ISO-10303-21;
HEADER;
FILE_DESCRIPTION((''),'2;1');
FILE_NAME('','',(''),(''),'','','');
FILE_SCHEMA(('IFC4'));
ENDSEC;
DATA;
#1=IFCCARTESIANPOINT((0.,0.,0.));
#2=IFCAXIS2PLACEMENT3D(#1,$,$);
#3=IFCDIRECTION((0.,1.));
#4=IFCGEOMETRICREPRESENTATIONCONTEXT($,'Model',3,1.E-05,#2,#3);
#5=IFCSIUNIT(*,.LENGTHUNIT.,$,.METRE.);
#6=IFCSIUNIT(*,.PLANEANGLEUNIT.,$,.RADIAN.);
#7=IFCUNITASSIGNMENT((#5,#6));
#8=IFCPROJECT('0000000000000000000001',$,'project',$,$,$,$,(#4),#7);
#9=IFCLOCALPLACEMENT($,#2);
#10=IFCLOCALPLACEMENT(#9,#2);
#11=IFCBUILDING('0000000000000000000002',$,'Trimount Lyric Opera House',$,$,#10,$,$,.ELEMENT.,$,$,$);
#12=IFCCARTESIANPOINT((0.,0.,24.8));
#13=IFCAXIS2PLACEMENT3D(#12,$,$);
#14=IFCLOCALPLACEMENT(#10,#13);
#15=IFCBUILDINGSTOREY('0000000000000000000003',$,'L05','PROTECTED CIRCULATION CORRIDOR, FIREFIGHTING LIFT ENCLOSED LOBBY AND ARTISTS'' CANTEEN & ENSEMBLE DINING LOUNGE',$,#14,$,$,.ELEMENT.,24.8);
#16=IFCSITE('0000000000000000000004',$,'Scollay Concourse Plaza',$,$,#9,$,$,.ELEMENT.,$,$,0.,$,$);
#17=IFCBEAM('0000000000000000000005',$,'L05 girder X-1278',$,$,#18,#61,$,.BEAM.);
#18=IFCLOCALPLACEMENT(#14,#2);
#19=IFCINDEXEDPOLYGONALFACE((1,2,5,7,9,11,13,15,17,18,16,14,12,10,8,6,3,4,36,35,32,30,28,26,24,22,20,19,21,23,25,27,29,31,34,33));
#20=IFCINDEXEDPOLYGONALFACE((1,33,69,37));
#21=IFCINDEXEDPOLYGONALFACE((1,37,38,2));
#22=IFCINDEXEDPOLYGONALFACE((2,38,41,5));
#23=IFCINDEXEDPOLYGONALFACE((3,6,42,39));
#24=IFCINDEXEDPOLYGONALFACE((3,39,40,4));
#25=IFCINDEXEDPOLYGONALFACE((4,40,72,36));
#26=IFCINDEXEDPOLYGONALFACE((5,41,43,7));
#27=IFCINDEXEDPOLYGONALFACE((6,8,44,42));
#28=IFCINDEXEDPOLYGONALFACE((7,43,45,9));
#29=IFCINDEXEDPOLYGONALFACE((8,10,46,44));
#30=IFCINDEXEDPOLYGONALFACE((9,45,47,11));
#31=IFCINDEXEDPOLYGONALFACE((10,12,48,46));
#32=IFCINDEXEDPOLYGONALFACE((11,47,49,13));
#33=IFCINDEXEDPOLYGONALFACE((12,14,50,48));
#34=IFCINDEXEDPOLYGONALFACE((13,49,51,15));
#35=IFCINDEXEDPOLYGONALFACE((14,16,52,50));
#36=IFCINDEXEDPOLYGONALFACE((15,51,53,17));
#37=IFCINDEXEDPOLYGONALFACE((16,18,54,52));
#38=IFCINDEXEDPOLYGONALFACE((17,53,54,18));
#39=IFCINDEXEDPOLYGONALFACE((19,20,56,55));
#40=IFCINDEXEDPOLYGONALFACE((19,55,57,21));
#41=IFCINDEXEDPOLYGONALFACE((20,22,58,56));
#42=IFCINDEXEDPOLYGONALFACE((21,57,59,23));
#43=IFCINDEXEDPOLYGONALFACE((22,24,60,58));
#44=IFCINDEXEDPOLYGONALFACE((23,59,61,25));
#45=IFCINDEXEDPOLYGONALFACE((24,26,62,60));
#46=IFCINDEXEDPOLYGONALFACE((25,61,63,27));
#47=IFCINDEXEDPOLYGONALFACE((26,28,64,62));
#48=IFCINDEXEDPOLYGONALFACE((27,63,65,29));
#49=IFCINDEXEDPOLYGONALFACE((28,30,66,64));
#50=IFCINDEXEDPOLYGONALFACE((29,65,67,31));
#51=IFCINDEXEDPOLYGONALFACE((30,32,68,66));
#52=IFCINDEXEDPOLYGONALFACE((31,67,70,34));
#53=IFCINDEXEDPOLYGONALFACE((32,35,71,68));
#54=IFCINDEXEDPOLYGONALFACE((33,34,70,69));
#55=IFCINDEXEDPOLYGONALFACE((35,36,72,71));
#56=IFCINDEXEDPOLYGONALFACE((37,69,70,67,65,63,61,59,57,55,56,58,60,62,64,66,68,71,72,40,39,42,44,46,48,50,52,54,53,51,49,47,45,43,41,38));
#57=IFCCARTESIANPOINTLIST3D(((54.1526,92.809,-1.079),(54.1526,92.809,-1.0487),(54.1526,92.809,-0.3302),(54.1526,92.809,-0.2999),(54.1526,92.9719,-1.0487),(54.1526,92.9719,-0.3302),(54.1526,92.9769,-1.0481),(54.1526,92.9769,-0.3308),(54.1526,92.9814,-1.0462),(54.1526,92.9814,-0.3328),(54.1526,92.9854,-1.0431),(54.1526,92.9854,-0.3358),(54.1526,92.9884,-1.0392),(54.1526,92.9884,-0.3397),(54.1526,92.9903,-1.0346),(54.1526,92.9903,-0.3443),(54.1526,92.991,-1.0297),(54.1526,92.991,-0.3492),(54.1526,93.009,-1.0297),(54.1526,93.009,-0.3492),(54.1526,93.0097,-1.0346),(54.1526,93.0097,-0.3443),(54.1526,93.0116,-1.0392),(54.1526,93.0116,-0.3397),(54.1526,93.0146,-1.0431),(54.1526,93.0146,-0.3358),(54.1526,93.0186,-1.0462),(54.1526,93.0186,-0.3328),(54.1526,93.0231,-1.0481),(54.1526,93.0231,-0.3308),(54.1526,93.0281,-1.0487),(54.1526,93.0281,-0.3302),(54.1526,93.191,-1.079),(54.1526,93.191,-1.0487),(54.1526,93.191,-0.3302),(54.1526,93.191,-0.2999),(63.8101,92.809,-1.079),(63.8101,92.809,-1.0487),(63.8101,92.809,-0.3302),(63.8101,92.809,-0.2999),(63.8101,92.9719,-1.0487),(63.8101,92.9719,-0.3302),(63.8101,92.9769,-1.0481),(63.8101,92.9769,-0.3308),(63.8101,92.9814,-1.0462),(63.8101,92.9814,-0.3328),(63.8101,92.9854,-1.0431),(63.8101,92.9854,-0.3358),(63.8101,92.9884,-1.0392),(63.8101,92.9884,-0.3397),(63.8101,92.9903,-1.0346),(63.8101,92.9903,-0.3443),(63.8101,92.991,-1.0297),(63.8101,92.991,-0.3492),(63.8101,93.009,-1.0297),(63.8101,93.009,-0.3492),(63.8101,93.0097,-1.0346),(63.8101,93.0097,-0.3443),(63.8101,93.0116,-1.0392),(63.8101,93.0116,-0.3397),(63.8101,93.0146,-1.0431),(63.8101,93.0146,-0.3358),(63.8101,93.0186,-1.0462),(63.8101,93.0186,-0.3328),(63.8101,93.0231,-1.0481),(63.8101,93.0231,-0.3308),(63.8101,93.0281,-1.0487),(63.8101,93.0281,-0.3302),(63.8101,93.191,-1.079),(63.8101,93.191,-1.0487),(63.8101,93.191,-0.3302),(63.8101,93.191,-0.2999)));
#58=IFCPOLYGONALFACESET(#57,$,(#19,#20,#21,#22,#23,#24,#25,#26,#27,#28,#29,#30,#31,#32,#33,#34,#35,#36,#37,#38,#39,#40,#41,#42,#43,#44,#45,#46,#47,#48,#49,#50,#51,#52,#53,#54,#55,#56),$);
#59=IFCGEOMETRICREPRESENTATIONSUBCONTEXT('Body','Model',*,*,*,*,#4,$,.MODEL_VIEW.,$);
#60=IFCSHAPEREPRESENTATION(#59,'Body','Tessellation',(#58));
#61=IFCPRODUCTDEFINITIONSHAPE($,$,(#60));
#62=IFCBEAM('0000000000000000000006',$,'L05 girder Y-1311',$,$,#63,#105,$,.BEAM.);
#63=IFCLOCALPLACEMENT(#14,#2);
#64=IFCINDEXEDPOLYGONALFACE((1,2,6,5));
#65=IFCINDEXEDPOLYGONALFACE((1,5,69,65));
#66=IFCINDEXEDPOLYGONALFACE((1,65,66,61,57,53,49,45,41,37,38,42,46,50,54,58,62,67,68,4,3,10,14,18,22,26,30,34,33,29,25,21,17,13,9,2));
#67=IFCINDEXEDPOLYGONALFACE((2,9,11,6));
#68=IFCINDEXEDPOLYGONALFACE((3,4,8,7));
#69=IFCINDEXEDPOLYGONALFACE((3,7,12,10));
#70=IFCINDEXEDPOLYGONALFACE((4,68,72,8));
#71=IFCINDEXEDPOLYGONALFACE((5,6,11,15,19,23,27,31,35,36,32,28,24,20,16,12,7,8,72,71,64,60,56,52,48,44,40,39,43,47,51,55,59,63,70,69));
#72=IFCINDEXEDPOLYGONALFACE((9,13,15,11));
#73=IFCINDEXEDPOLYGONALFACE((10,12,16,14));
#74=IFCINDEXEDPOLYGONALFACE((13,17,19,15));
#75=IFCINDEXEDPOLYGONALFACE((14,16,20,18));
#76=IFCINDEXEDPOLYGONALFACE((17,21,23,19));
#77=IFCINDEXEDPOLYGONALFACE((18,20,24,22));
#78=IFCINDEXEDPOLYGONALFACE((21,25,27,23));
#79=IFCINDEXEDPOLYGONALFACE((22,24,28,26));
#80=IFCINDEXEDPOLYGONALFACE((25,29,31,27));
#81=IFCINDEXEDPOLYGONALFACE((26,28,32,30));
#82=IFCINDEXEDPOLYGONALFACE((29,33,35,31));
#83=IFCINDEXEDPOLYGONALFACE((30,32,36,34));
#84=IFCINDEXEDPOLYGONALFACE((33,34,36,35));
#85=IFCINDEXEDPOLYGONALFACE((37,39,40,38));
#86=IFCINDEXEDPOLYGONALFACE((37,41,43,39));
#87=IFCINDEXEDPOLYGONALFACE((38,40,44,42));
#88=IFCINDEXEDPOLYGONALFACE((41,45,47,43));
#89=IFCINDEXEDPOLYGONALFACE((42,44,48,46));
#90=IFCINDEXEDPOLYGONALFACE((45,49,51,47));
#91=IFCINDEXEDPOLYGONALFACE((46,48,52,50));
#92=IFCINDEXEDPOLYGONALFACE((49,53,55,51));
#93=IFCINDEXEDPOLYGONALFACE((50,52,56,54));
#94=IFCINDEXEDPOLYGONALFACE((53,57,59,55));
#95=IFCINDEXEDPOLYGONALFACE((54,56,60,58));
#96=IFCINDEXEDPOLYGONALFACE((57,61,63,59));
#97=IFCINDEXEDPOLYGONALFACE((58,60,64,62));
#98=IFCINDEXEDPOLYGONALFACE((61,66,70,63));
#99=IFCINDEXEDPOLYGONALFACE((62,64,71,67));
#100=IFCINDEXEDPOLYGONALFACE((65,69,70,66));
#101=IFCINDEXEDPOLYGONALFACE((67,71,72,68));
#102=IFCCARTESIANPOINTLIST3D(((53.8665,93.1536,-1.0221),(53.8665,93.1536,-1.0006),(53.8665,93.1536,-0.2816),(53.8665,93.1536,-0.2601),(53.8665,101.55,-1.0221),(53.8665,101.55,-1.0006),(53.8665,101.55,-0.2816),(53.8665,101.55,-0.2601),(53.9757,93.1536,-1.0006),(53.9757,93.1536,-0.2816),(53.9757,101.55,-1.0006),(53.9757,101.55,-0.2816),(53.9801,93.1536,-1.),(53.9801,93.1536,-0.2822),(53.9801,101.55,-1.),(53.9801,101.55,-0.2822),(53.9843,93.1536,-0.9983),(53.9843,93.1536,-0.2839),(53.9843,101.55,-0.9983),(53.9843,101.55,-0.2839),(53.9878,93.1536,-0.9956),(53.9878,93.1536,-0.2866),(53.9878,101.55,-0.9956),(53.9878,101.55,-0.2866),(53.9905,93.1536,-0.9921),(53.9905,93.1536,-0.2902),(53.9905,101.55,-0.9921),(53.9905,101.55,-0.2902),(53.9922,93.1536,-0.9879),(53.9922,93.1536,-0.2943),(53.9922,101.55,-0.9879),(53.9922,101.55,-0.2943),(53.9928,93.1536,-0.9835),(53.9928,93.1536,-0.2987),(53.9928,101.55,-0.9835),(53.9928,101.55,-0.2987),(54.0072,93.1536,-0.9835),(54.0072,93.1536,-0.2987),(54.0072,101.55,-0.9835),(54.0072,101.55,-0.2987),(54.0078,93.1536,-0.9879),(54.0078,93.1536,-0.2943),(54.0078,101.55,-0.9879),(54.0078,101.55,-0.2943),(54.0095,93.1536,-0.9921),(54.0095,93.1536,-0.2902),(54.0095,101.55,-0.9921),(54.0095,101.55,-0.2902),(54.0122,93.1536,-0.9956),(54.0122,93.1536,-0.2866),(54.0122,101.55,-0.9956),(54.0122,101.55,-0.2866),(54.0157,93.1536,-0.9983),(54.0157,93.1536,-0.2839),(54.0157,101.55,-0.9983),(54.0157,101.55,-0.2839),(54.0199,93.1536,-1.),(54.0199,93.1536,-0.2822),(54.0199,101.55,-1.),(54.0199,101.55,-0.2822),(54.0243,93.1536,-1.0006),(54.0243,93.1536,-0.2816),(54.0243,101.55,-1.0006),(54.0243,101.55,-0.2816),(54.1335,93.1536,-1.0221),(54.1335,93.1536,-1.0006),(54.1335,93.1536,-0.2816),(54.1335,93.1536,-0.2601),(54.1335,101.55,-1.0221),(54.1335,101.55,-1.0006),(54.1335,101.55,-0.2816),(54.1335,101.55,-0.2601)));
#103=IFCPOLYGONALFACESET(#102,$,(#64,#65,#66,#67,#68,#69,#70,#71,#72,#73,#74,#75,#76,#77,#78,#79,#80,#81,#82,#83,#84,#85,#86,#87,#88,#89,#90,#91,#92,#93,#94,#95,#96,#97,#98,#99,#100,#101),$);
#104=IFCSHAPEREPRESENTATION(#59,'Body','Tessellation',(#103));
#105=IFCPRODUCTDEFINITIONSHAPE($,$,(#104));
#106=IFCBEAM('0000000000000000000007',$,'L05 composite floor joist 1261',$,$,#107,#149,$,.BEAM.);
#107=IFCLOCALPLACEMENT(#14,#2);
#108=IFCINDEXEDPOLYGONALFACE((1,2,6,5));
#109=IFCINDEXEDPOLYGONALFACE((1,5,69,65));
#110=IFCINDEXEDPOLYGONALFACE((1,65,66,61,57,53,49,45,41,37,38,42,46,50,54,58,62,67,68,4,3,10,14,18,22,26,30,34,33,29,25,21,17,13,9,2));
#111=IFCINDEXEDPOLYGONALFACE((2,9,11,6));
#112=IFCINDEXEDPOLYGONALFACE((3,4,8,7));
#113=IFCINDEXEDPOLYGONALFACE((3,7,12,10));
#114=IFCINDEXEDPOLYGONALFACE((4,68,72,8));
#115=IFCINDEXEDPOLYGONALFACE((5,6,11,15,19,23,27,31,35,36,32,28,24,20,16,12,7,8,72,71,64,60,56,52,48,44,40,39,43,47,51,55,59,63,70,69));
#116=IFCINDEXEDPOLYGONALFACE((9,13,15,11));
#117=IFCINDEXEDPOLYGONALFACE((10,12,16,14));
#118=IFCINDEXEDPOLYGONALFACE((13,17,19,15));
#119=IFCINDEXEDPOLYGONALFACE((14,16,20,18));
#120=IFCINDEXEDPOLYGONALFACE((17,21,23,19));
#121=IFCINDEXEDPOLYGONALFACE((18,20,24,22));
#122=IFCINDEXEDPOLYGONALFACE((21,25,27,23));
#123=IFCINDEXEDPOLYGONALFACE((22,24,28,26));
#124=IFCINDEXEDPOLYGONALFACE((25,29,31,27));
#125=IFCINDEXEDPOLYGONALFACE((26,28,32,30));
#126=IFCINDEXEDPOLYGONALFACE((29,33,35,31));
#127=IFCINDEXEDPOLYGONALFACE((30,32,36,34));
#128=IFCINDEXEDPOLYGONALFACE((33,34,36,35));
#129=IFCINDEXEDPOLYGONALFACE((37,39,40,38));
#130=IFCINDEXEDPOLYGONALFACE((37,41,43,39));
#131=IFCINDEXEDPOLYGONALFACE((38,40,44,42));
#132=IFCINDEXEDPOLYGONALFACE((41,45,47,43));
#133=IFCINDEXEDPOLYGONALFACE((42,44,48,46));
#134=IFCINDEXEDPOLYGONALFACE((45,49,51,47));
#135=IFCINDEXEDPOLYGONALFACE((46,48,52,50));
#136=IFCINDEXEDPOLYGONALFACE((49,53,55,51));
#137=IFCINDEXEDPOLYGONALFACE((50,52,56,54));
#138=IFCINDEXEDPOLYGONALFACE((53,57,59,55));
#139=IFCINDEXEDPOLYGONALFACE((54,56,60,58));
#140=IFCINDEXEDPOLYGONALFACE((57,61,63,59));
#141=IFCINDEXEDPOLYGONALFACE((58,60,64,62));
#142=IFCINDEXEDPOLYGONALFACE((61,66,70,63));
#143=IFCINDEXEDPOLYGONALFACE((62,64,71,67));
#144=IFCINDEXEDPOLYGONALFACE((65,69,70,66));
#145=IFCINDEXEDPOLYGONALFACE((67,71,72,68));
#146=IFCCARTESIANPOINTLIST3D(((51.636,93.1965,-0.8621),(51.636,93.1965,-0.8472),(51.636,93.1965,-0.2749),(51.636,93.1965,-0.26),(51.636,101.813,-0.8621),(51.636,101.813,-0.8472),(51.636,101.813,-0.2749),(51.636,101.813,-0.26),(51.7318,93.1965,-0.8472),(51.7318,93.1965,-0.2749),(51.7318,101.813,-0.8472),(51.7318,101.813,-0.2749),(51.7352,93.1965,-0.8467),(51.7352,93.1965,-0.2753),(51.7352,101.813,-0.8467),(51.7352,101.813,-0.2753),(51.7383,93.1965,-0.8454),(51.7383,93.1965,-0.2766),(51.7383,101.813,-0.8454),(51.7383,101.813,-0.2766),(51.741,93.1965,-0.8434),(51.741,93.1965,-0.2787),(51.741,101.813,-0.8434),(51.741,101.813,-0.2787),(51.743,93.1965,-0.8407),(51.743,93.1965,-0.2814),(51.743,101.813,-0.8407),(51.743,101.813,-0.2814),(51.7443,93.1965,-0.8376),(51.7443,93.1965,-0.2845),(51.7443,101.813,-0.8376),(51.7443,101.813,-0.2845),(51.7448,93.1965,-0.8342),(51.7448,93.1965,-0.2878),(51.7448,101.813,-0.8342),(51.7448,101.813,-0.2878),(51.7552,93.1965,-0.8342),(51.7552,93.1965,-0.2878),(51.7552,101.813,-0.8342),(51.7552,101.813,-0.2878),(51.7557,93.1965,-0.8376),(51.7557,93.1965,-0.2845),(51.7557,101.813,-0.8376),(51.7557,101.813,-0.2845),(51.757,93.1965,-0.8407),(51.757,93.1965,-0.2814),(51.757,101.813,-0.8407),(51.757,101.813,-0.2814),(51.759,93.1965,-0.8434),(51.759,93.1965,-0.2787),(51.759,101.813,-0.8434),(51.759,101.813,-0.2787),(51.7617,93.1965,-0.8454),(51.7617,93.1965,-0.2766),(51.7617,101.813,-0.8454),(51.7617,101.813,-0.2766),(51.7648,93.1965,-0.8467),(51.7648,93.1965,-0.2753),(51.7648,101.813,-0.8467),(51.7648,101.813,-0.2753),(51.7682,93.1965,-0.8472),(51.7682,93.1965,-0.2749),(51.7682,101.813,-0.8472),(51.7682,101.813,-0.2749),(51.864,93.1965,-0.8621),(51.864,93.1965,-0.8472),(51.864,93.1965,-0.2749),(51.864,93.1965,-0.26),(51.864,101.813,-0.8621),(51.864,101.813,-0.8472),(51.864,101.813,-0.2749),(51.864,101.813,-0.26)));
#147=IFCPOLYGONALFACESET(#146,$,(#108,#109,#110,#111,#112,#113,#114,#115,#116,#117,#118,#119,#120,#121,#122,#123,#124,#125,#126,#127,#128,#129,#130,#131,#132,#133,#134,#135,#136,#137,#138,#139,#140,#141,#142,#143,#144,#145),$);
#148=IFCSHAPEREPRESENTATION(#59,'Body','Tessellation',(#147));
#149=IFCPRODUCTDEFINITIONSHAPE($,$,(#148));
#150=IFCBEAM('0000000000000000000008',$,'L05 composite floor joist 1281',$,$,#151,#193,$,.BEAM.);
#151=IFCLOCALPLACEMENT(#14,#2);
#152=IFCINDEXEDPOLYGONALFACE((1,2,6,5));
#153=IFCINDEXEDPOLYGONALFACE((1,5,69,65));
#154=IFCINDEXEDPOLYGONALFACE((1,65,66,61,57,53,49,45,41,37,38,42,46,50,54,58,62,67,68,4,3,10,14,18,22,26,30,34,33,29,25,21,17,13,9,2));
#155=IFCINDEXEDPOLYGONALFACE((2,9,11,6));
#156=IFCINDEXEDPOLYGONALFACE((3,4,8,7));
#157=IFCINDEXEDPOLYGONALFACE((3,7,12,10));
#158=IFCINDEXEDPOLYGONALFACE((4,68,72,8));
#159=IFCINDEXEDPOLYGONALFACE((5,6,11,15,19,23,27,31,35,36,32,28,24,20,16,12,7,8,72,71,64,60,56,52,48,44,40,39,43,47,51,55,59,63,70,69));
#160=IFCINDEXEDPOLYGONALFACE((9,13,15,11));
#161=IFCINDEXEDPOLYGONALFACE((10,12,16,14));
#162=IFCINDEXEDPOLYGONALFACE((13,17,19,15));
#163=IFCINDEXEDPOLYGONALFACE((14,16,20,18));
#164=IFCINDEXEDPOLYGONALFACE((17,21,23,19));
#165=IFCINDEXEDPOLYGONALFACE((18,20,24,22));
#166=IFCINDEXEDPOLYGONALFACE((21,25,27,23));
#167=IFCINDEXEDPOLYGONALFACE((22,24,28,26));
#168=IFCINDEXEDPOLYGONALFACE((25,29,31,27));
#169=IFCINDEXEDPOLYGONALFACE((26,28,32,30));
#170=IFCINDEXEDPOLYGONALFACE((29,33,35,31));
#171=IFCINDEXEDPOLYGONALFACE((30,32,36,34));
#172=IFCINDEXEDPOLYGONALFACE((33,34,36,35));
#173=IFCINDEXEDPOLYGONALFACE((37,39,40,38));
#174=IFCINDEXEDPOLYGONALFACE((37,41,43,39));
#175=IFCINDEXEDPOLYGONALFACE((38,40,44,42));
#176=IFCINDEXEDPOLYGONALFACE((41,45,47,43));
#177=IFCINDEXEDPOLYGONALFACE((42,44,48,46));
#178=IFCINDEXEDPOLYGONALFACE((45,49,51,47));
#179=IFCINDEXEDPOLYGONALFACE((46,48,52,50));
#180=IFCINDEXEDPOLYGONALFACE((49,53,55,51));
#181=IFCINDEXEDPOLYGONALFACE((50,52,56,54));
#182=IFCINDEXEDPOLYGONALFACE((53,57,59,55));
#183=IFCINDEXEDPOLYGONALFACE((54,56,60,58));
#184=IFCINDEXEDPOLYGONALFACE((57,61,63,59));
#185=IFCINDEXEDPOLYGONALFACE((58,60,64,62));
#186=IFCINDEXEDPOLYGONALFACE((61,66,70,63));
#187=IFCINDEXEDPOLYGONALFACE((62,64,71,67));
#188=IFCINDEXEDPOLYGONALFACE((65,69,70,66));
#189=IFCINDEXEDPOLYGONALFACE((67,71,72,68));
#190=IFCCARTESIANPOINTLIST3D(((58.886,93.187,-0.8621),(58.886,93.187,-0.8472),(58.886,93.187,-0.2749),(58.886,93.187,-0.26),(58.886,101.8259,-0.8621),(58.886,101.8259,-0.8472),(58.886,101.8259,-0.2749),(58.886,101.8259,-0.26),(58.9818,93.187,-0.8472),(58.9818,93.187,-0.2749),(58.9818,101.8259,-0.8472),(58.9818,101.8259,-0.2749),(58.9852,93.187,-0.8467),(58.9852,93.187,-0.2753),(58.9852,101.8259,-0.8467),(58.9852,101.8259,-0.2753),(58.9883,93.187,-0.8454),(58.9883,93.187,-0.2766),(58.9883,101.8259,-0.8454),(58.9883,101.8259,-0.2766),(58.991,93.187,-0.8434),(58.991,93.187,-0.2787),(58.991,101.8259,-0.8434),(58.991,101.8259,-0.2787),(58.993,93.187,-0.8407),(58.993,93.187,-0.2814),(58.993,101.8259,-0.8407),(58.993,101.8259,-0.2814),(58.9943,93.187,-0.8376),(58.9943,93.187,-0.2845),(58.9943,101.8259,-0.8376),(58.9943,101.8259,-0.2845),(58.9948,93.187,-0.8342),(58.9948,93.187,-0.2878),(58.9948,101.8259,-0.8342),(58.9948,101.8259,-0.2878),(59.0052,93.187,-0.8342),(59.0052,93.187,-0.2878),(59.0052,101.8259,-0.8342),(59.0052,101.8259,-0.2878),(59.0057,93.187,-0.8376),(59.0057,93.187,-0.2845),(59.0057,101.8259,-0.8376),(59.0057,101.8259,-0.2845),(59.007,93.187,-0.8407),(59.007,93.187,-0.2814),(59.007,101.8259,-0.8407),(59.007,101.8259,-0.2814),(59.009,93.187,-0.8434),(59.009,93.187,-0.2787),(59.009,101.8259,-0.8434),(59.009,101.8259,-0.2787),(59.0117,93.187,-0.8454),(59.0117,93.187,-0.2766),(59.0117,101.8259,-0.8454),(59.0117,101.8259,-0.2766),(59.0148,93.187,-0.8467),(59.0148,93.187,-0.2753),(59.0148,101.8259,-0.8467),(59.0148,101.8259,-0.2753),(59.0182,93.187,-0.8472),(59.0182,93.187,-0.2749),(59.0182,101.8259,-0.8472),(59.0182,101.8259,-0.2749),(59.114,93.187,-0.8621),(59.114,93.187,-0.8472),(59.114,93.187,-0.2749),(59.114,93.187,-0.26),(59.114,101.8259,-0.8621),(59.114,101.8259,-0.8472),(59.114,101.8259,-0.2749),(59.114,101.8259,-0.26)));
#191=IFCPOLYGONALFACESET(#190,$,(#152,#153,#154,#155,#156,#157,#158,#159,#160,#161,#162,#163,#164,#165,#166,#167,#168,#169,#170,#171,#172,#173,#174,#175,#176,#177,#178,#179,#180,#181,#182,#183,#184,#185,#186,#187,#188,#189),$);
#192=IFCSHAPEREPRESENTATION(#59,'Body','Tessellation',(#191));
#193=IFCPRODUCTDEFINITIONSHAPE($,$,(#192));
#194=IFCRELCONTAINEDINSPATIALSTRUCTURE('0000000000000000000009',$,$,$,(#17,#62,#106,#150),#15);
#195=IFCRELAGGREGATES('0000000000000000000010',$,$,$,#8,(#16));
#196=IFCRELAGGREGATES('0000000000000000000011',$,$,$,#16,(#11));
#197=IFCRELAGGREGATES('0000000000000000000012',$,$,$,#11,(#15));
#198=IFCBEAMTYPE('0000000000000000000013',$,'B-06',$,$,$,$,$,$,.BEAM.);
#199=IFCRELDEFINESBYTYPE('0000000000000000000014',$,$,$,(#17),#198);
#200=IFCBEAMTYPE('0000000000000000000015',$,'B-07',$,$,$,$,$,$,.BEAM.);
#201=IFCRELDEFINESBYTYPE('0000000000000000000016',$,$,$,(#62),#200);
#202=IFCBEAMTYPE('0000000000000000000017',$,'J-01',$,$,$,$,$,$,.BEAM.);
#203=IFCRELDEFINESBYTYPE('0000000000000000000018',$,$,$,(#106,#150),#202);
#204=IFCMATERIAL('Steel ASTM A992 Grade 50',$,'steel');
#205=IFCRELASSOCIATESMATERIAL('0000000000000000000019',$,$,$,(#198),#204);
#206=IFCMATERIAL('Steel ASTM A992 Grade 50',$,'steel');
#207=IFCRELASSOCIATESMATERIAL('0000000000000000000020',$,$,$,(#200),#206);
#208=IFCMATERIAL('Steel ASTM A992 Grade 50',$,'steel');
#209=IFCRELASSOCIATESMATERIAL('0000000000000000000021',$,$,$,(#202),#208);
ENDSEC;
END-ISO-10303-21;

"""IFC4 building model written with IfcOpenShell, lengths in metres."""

from ifc_helpers import new_model, si_unit, direction, frame, origin, origin_2d, place, context, subcontext, project, spatial, i_section, extrude, material, material_profile, profile_set, type_object, element, save


model = new_model("IFC4")

# Units and contexts
model_context = context("Model", 3, precision=1e-05, world=origin(), true_north=direction((0.0, 1.0)))
body_context = subcontext(model_context, "Body", "Model", "MODEL_VIEW")
ifc_project = project(units=[si_unit("LENGTHUNIT", "METRE"), si_unit("PLANEANGLEUNIT", "RADIAN")], contexts=[model_context])

# Site, building, storey
site_placement = place(None, origin())
site = spatial("IfcSite", under=ifc_project, at=site_placement, Name="Scollay Concourse Plaza", CompositionType="ELEMENT", RefElevation=0.0)
building_placement = place(site_placement, origin())
building = spatial("IfcBuilding", under=site, at=building_placement, Name="Trimount Lyric Opera House", CompositionType="ELEMENT")
storey_placement = place(building_placement, frame((0.0, 0.0, 24.8)))
storey = spatial("IfcBuildingStorey", under=building, at=storey_placement, Name="L05", Description="PROTECTED CIRCULATION CORRIDOR, FIREFIGHTING LIFT ENCLOSED LOBBY AND ARTISTS' CANTEEN & ENSEMBLE DINING LOUNGE", CompositionType="ELEMENT", Elevation=24.8)

# Beams
ifc_material_1 = material(Name="Steel ASTM A992 Grade 50", Category="steel")
ifc_material_profile_1 = material_profile(ifc_material_1, i_section(OverallWidth=0.3821, OverallDepth=0.7791, WebThickness=0.0181, FlangeThickness=0.0303, FilletRadius=0.019, at=origin_2d()), Name="W30X191")
ifc_profile_set_1 = profile_set([ifc_material_profile_1], Name="Steel ASTM A992 Grade 50")
beam_type_1 = type_object("IfcBeamType", Name="B-06", PredefinedType="BEAM", material=ifc_profile_set_1)
beam_1_placement = place(storey_placement, frame((54.1526, 93.0, -0.6895), z_axis=(1.0, 0.0, 0.0), x_axis=(0.0, 1.0, 0.0)))
element("IfcBeam", 1, at=beam_1_placement, inside=storey, type_object=beam_type_1, Name="L05 girder X-1278", PredefinedType="BEAM", context=body_context, shape_type="SweptSolid", body=[
    extrude(i_section(OverallWidth=0.3821, OverallDepth=0.7791, WebThickness=0.0181, FlangeThickness=0.0303, FilletRadius=0.019, at=origin_2d()), origin(), (0.0, 0.0, 1.0), 9.6575),
])
ifc_material_2 = material(Name="Steel ASTM A992 Grade 50", Category="steel")
ifc_material_profile_2 = material_profile(ifc_material_2, i_section(OverallWidth=0.2671, OverallDepth=0.762, WebThickness=0.0144, FlangeThickness=0.0215, FilletRadius=0.0171, at=origin_2d()), Name="W30X116")
ifc_profile_set_2 = profile_set([ifc_material_profile_2], Name="Steel ASTM A992 Grade 50")
beam_type_2 = type_object("IfcBeamType", Name="B-07", PredefinedType="BEAM", material=ifc_profile_set_2)
beam_2_placement = place(storey_placement, frame((54.0, 93.1536, -0.6411), z_axis=(0.0, 1.0, 0.0), x_axis=(-1.0, 0.0, 0.0)))
element("IfcBeam", 2, at=beam_2_placement, inside=storey, type_object=beam_type_2, Name="L05 girder Y-1311", PredefinedType="BEAM", context=body_context, shape_type="SweptSolid", body=[
    extrude(i_section(OverallWidth=0.2671, OverallDepth=0.762, WebThickness=0.0144, FlangeThickness=0.0215, FilletRadius=0.0171, at=origin_2d()), origin(), (0.0, 0.0, 1.0), 8.3965),
])
ifc_material_3 = material(Name="Steel ASTM A992 Grade 50", Category="steel")
ifc_material_profile_3 = material_profile(ifc_material_3, i_section(OverallWidth=0.228, OverallDepth=0.6021, WebThickness=0.0105, FlangeThickness=0.0149, FilletRadius=0.0129, at=origin_2d()), Name="W24X68")
ifc_profile_set_3 = profile_set([ifc_material_profile_3], Name="Steel ASTM A992 Grade 50")
beam_type_3 = type_object("IfcBeamType", Name="J-01", PredefinedType="BEAM", material=ifc_profile_set_3)
beam_3_placement = place(storey_placement, frame((51.75, 93.1965, -0.561), z_axis=(0.0, 1.0, 0.0), x_axis=(-1.0, 0.0, 0.0)))
element("IfcBeam", 3, at=beam_3_placement, inside=storey, type_object=beam_type_3, Name="L05 composite floor joist 1261", PredefinedType="BEAM", context=body_context, shape_type="SweptSolid", body=[
    extrude(i_section(OverallWidth=0.228, OverallDepth=0.6021, WebThickness=0.0105, FlangeThickness=0.0149, FilletRadius=0.0129, at=origin_2d()), origin(), (0.0, 0.0, 1.0), 8.6165),
])
beam_4_placement = place(storey_placement, frame((59.0, 93.187, -0.561), z_axis=(0.0, 1.0, 0.0), x_axis=(-1.0, 0.0, 0.0)))
element("IfcBeam", 4, at=beam_4_placement, inside=storey, type_object=beam_type_3, Name="L05 composite floor joist 1281", PredefinedType="BEAM", context=body_context, shape_type="SweptSolid", body=[
    extrude(i_section(OverallWidth=0.228, OverallDepth=0.6021, WebThickness=0.0105, FlangeThickness=0.0149, FilletRadius=0.0129, at=origin_2d()), origin(), (0.0, 0.0, 1.0), 8.6389),
])

save(model, "model.ifc")
